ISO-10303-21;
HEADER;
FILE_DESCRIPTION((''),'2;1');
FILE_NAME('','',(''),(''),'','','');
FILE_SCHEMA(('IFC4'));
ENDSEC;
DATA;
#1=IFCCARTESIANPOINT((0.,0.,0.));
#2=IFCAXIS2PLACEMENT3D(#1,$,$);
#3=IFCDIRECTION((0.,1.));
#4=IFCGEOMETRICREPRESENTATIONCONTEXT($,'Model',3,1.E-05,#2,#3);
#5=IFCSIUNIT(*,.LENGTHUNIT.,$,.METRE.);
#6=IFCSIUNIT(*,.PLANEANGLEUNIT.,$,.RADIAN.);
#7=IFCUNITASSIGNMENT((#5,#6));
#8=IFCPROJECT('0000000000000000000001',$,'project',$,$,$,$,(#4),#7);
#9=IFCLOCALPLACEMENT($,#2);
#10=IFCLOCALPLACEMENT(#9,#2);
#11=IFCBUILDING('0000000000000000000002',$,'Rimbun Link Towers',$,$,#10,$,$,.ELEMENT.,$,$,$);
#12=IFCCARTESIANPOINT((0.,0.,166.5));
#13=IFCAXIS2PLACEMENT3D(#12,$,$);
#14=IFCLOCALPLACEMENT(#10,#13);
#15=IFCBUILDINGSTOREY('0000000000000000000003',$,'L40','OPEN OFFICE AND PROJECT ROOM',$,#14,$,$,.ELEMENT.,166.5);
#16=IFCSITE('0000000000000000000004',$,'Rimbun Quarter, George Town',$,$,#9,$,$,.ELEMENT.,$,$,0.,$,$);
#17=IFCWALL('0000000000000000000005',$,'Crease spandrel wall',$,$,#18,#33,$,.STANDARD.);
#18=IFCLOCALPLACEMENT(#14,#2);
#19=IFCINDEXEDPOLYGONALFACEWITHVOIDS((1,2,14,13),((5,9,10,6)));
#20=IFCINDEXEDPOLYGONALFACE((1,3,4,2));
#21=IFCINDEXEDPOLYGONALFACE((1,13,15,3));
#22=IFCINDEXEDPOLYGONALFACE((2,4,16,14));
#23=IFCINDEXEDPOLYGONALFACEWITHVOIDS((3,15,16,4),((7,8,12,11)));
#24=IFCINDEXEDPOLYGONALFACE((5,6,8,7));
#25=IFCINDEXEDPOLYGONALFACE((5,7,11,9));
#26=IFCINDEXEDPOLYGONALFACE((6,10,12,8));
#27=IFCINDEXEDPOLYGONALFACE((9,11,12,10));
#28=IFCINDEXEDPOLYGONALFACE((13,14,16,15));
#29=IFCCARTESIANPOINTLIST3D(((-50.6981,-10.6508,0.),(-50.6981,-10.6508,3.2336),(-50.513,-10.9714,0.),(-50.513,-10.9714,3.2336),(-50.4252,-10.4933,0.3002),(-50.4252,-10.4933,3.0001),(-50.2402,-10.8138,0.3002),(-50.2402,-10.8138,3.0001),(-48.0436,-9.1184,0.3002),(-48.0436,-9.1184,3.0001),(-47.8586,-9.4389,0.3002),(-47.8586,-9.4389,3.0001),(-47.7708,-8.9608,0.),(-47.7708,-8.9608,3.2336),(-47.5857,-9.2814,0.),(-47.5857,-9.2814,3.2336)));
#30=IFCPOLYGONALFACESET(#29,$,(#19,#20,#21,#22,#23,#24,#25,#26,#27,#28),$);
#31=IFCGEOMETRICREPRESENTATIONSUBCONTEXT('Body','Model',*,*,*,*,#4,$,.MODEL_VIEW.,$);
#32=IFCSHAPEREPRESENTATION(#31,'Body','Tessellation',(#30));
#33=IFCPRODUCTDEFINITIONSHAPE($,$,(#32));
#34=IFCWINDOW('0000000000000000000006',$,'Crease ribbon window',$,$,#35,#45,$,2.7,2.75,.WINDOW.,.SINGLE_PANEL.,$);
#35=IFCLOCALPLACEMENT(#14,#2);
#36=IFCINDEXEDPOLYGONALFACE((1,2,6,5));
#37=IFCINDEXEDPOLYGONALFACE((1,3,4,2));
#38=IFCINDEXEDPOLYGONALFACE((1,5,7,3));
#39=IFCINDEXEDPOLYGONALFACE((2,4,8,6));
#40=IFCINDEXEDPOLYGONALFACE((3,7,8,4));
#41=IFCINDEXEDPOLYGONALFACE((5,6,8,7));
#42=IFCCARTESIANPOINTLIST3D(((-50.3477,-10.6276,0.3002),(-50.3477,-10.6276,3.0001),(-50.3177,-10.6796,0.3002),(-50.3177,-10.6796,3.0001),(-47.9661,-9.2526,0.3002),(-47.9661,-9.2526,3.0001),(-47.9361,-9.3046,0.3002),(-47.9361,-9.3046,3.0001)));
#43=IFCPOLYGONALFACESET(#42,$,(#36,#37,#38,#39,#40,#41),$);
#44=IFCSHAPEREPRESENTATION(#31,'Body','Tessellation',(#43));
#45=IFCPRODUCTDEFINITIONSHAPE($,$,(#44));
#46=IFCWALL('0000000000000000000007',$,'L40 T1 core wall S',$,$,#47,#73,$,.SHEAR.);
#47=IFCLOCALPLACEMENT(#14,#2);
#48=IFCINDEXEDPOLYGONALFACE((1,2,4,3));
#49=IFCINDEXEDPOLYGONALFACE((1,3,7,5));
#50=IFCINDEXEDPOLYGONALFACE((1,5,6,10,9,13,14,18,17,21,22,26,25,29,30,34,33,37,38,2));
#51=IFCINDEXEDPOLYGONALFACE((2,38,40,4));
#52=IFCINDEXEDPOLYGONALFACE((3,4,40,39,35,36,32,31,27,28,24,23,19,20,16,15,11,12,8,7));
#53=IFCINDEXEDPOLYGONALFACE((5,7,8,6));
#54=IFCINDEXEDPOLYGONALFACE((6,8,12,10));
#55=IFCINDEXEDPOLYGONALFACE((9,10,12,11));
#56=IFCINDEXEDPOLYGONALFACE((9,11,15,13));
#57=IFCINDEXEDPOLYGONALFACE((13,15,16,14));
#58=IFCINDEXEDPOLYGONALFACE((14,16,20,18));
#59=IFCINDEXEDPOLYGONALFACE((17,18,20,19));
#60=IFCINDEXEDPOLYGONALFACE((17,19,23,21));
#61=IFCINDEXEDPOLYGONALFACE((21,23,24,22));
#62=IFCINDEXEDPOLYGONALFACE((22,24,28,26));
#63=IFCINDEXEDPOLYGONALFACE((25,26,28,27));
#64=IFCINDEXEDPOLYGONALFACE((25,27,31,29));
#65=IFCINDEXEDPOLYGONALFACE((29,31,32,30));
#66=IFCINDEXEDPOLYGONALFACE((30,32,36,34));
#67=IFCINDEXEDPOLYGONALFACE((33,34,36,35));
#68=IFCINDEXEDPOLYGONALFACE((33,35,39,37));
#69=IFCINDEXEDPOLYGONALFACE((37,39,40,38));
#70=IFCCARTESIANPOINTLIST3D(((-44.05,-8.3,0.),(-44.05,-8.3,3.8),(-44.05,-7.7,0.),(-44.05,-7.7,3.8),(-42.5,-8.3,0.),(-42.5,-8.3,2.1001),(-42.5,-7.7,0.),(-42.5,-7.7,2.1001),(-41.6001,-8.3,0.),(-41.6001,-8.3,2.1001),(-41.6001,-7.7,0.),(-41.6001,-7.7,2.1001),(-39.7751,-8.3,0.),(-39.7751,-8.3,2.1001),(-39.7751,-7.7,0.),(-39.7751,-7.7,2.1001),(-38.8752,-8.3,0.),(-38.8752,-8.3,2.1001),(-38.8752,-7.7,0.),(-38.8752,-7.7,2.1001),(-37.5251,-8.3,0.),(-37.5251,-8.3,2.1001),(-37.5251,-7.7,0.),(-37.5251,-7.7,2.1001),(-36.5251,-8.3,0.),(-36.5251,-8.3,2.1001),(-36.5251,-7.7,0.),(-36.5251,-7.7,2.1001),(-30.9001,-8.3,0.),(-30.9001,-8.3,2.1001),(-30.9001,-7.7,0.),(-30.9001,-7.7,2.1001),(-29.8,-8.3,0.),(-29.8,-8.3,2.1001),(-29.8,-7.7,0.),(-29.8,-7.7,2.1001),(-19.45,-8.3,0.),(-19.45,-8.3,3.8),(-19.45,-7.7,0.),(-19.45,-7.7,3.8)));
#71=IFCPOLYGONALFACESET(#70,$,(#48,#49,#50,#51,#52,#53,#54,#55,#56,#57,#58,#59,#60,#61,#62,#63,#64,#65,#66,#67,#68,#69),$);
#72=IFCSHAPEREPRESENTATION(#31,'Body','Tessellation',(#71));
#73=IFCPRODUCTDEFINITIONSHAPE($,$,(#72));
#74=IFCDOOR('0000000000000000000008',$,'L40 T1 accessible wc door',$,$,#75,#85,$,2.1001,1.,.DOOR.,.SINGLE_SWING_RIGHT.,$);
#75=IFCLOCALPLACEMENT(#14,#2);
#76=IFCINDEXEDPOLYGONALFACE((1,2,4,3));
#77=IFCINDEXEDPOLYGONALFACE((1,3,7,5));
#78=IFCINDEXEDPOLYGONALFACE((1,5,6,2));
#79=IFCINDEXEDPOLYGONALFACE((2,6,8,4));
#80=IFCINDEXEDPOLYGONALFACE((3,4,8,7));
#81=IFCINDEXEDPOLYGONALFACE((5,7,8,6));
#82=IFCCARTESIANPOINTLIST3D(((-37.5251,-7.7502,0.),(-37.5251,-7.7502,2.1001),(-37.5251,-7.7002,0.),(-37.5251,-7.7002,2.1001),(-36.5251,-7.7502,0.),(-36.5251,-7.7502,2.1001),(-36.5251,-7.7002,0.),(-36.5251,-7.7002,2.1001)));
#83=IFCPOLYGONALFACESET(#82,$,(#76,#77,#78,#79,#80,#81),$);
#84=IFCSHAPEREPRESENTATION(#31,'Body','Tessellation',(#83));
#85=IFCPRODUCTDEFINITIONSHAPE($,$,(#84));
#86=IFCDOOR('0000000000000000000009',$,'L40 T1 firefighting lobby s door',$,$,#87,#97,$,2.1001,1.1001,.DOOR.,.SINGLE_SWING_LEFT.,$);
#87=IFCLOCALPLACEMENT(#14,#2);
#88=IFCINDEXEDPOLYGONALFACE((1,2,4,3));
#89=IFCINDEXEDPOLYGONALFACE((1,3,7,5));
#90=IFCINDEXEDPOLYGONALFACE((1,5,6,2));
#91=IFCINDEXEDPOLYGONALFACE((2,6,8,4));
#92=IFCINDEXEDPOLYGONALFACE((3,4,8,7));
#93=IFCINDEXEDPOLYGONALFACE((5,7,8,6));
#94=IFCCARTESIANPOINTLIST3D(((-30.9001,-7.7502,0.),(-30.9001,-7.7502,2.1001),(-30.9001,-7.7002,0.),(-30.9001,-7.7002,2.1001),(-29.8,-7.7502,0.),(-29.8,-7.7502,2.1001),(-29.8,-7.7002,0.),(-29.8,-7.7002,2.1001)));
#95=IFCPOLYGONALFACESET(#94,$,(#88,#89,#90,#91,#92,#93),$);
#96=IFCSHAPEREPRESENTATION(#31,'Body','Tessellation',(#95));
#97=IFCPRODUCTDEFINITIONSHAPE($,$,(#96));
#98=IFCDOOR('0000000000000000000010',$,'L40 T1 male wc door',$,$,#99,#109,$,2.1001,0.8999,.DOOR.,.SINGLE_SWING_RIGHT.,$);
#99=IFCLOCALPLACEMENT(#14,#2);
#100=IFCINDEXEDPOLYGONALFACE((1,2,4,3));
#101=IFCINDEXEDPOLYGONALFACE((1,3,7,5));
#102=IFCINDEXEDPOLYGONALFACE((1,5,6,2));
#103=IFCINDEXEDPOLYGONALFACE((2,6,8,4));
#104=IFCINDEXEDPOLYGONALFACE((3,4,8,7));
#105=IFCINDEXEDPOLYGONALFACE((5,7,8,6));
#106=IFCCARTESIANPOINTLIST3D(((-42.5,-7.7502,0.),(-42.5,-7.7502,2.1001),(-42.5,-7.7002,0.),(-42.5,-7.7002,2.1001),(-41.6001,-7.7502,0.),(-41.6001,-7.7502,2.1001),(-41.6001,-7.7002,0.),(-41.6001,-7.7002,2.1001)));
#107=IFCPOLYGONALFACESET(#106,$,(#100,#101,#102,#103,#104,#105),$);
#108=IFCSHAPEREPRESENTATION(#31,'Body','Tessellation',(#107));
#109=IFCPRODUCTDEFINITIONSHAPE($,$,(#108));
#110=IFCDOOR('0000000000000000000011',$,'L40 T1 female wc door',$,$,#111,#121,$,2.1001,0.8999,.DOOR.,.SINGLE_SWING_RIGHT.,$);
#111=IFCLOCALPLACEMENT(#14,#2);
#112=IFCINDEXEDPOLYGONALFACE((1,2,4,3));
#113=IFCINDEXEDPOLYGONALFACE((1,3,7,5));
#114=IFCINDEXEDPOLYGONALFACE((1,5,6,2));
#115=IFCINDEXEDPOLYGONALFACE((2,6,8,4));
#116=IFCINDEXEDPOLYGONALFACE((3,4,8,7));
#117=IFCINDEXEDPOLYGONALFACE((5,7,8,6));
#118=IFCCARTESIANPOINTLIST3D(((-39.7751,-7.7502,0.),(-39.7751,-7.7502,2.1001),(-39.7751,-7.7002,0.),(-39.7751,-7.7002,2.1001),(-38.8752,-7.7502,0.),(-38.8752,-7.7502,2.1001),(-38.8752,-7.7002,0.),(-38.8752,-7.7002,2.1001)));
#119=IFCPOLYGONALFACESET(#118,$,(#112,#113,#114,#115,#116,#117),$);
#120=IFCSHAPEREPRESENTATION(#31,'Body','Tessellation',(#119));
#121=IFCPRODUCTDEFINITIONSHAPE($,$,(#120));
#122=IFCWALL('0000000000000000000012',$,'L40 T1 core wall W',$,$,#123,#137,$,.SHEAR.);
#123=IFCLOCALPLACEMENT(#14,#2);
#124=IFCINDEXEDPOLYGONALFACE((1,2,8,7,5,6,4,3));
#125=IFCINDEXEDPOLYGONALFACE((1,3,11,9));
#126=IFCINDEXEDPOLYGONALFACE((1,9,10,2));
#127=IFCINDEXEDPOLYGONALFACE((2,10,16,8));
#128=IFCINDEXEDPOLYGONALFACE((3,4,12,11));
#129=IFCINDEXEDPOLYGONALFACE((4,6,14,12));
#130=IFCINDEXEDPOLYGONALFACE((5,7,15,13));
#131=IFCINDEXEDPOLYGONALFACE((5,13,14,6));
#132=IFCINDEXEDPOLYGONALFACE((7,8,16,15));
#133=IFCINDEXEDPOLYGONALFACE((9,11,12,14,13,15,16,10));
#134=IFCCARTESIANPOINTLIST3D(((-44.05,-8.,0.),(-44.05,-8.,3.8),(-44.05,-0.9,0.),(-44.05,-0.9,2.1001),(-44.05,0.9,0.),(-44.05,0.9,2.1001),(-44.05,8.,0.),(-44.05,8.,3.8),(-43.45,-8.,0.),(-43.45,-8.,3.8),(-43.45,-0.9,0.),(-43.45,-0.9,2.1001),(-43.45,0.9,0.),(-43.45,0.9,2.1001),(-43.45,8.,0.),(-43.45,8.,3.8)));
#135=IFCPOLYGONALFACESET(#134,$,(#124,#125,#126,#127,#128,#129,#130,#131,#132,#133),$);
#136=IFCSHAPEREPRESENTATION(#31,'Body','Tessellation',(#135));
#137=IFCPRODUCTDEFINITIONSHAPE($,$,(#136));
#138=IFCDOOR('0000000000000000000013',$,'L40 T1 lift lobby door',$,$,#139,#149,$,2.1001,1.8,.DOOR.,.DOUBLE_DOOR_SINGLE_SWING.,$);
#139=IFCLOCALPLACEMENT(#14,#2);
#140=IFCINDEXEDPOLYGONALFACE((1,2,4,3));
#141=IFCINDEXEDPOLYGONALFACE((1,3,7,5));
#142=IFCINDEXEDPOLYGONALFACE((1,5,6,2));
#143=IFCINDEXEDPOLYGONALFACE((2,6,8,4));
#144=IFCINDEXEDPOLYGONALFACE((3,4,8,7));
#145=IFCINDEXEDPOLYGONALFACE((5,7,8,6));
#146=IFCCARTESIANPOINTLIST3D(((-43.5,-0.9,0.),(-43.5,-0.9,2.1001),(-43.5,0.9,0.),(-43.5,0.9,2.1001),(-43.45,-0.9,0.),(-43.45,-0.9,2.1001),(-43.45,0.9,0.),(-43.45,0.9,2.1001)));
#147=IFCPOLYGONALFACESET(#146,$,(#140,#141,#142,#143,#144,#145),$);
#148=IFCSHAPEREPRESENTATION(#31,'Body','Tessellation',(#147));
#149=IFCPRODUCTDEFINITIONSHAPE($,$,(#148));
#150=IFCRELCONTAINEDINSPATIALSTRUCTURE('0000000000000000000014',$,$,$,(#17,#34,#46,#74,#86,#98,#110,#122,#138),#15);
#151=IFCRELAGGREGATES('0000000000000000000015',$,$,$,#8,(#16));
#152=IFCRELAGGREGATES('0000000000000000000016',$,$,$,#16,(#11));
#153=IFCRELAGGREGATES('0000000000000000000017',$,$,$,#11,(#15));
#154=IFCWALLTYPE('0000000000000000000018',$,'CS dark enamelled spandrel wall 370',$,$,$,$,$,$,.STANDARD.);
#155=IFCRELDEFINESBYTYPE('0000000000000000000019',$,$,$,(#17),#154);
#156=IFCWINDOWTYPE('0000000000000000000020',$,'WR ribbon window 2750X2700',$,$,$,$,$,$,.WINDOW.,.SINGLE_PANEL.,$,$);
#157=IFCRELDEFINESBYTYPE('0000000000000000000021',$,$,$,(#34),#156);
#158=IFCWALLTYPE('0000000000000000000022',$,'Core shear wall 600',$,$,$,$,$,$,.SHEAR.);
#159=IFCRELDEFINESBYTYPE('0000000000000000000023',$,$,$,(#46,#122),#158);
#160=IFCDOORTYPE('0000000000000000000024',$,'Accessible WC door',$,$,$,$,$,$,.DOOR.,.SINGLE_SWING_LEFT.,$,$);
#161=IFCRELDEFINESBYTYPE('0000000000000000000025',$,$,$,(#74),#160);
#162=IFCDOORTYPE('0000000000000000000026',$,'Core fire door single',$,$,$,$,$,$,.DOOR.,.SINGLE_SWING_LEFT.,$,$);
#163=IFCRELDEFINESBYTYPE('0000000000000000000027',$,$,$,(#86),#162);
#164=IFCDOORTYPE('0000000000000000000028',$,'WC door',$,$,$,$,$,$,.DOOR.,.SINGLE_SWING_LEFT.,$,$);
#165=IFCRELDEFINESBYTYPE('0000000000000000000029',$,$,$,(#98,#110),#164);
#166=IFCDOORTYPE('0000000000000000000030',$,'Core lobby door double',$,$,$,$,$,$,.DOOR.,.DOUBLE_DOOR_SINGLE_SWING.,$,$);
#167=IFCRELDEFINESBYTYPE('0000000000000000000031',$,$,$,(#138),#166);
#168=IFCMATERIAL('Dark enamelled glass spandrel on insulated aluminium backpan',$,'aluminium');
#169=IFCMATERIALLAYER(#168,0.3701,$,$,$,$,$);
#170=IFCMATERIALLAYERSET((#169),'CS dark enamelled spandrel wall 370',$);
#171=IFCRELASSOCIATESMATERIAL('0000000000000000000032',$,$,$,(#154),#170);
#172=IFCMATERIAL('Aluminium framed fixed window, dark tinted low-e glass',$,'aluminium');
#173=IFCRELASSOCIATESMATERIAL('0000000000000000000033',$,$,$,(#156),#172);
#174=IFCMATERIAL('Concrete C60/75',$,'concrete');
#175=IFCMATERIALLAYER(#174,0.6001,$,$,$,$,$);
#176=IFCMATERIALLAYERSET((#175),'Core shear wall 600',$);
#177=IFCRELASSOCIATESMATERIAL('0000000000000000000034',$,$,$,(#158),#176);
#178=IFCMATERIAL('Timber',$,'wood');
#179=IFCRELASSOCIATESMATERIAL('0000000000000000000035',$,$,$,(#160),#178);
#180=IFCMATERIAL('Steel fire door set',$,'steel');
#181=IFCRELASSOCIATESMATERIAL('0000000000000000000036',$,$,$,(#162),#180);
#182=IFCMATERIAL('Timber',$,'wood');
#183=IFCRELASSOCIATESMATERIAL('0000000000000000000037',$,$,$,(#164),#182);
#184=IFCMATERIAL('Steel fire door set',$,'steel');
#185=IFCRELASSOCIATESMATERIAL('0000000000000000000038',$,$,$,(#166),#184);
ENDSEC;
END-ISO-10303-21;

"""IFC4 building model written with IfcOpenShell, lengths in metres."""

from ifc_helpers import new_model, si_unit, direction, frame, frame_2d, origin, place, context, subcontext, project, spatial, rectangle, extrude, material, layer, layer_set, type_object, element, fill, save


model = new_model("IFC4")

# Units and contexts
model_context = context("Model", 3, precision=1e-05, world=origin(), true_north=direction((0.0, 1.0)))
body_context = subcontext(model_context, "Body", "Model", "MODEL_VIEW")
ifc_project = project(units=[si_unit("LENGTHUNIT", "METRE"), si_unit("PLANEANGLEUNIT", "RADIAN")], contexts=[model_context])

# Site, building, storey
site_placement = place(None, origin())
site = spatial("IfcSite", under=ifc_project, at=site_placement, Name="Rimbun Quarter, George Town", CompositionType="ELEMENT", RefElevation=0.0)
building_placement = place(site_placement, origin())
building = spatial("IfcBuilding", under=site, at=building_placement, Name="Rimbun Link Towers", CompositionType="ELEMENT")
storey_placement = place(building_placement, frame((0.0, 0.0, 166.5)))
storey = spatial("IfcBuildingStorey", under=building, at=storey_placement, Name="L40", Description="OPEN OFFICE AND PROJECT ROOM", CompositionType="ELEMENT", Elevation=166.5)

# Wall, opening, window
ifc_material_1 = material(Name="Dark enamelled glass spandrel on insulated aluminium backpan", Category="aluminium")
ifc_layer_1 = layer(ifc_material_1, 0.3701)
ifc_layer_set_1 = layer_set([ifc_layer_1], Name="CS dark enamelled spandrel wall 370")
wall_type_1 = type_object("IfcWallType", Name="CS dark enamelled spandrel wall 370", PredefinedType="STANDARD", material=ifc_layer_set_1)
wall_1_placement = place(storey_placement, frame((-50.6055, -10.811, 0.0), z_axis=(0.0, 0.0, 1.0), x_axis=(0.866039, 0.499977, 0.0)))
wall_1 = element("IfcWall", 1, at=wall_1_placement, inside=storey, type_object=wall_type_1, Name="Crease spandrel wall", PredefinedType="STANDARD", context=body_context, shape_type="SweptSolid", body=[
    extrude(rectangle(XDim=3.3801, YDim=0.3701, at=frame_2d((1.6899, 0.0))), origin(), (0.0, 0.0, 1.0), 3.2336),
])
opening_1_placement = place(wall_1_placement, frame((0.3149, 0.0, 0.3)))
opening_1 = element("IfcOpeningElement", 2, at=opening_1_placement, cuts=wall_1, PredefinedType="OPENING", context=body_context, shape_type="SweptSolid", body=[
    extrude(rectangle(XDim=2.75, YDim=2.7, at=frame_2d((1.375, 1.3501))), frame((0.0, 0.1951, 0.0), z_axis=(0.0, -1.0, 0.0), x_axis=(1.0, 0.0, 0.0)), (0.0, 0.0, 1.0), 0.3901),
])
ifc_material_2 = material(Name="Aluminium framed fixed window, dark tinted low-e glass", Category="aluminium")
window_type_1 = type_object("IfcWindowType", Name="WR ribbon window 2750X2700", PartitioningType="SINGLE_PANEL", PredefinedType="WINDOW", material=ifc_material_2)
window_1_placement = place(opening_1_placement, origin())
window_1 = element("IfcWindow", 3, at=window_1_placement, inside=storey, type_object=window_type_1, Name="Crease ribbon window", OverallHeight=2.7, OverallWidth=2.75, PartitioningType="SINGLE_PANEL", PredefinedType="WINDOW", context=body_context, shape_type="SweptSolid", body=[
    extrude(rectangle(XDim=2.75, YDim=2.7, at=frame_2d((1.375, 1.3501))), frame((0.0, 0.03, 0.0), z_axis=(0.0, -1.0, 0.0), x_axis=(1.0, 0.0, 0.0)), (0.0, 0.0, 1.0), 0.0601),
])
fill(opening_1, window_1)

# Wall, openings, doors
ifc_material_3 = material(Name="Concrete C60/75", Category="concrete")
ifc_layer_2 = layer(ifc_material_3, 0.6001)
ifc_layer_set_2 = layer_set([ifc_layer_2], Name="Core shear wall 600")
wall_type_2 = type_object("IfcWallType", Name="Core shear wall 600", PredefinedType="SHEAR", material=ifc_layer_set_2)
wall_2_placement = place(storey_placement, frame((-44.05, -8.0, 0.0), z_axis=(0.0, 0.0, 1.0), x_axis=(1.0, 0.0, 0.0)))
wall_2 = element("IfcWall", 4, at=wall_2_placement, inside=storey, type_object=wall_type_2, Name="L40 T1 core wall S", PredefinedType="SHEAR", context=body_context, shape_type="SweptSolid", body=[
    extrude(rectangle(XDim=24.6001, YDim=0.6001, at=frame_2d((12.3, 0.0))), origin(), (0.0, 0.0, 1.0), 3.8),
])
opening_2_placement = place(wall_2_placement, frame((13.1499, 0.0, 0.0)))
opening_2 = element("IfcOpeningElement", 5, at=opening_2_placement, cuts=wall_2, PredefinedType="OPENING", context=body_context, shape_type="SweptSolid", body=[
    extrude(rectangle(XDim=1.1001, YDim=2.1001, at=frame_2d((0.55, 1.05))), frame((0.0, 0.3101, 0.0), z_axis=(0.0, -1.0, 0.0), x_axis=(1.0, 0.0, 0.0)), (0.0, 0.0, 1.0), 0.6201),
])
opening_3_placement = place(wall_2_placement, frame((1.55, 0.0, 0.0)))
opening_3 = element("IfcOpeningElement", 6, at=opening_3_placement, cuts=wall_2, PredefinedType="OPENING", context=body_context, shape_type="SweptSolid", body=[
    extrude(rectangle(XDim=0.8999, YDim=2.1001, at=frame_2d((0.45, 1.05))), frame((0.0, 0.3101, 0.0), z_axis=(0.0, -1.0, 0.0), x_axis=(1.0, 0.0, 0.0)), (0.0, 0.0, 1.0), 0.6201),
])
opening_4_placement = place(wall_2_placement, frame((4.2749, 0.0, 0.0)))
opening_4 = element("IfcOpeningElement", 7, at=opening_4_placement, cuts=wall_2, PredefinedType="OPENING", context=body_context, shape_type="SweptSolid", body=[
    extrude(rectangle(XDim=0.8999, YDim=2.1001, at=frame_2d((0.45, 1.05))), frame((0.0, 0.3101, 0.0), z_axis=(0.0, -1.0, 0.0), x_axis=(1.0, 0.0, 0.0)), (0.0, 0.0, 1.0), 0.6201),
])
opening_5_placement = place(wall_2_placement, frame((6.5249, 0.0, 0.0)))
opening_5 = element("IfcOpeningElement", 8, at=opening_5_placement, cuts=wall_2, PredefinedType="OPENING", context=body_context, shape_type="SweptSolid", body=[
    extrude(rectangle(XDim=1.0, YDim=2.1001, at=frame_2d((0.5, 1.05))), frame((0.0, 0.3101, 0.0), z_axis=(0.0, -1.0, 0.0), x_axis=(1.0, 0.0, 0.0)), (0.0, 0.0, 1.0), 0.6201),
])
ifc_material_4 = material(Name="Timber", Category="wood")
door_type_1 = type_object("IfcDoorType", Name="Accessible WC door", OperationType="SINGLE_SWING_LEFT", PredefinedType="DOOR", material=ifc_material_4)
door_1_placement = place(opening_5_placement, origin())
door_1 = element("IfcDoor", 9, at=door_1_placement, inside=storey, type_object=door_type_1, Name="L40 T1 accessible wc door", OperationType="SINGLE_SWING_RIGHT", OverallHeight=2.1001, OverallWidth=1.0, PredefinedType="DOOR", context=body_context, shape_type="SweptSolid", body=[
    extrude(rectangle(XDim=1.0, YDim=2.1001, at=frame_2d((0.5, 1.05))), frame((0.0, 0.2998, 0.0), z_axis=(0.0, -1.0, 0.0), x_axis=(1.0, 0.0, 0.0)), (0.0, 0.0, 1.0), 0.05),
])
fill(opening_5, door_1)
ifc_material_5 = material(Name="Steel fire door set", Category="steel")
door_type_2 = type_object("IfcDoorType", Name="Core fire door single", OperationType="SINGLE_SWING_LEFT", PredefinedType="DOOR", material=ifc_material_5)
door_2_placement = place(opening_2_placement, origin())
door_2 = element("IfcDoor", 10, at=door_2_placement, inside=storey, type_object=door_type_2, Name="L40 T1 firefighting lobby s door", OperationType="SINGLE_SWING_LEFT", OverallHeight=2.1001, OverallWidth=1.1001, PredefinedType="DOOR", context=body_context, shape_type="SweptSolid", body=[
    extrude(rectangle(XDim=1.1001, YDim=2.1001, at=frame_2d((0.55, 1.05))), frame((0.0, 0.2998, 0.0), z_axis=(0.0, -1.0, 0.0), x_axis=(1.0, 0.0, 0.0)), (0.0, 0.0, 1.0), 0.05),
])
fill(opening_2, door_2)
ifc_material_6 = material(Name="Timber", Category="wood")
door_type_3 = type_object("IfcDoorType", Name="WC door", OperationType="SINGLE_SWING_LEFT", PredefinedType="DOOR", material=ifc_material_6)
door_3_placement = place(opening_3_placement, origin())
door_3 = element("IfcDoor", 11, at=door_3_placement, inside=storey, type_object=door_type_3, Name="L40 T1 male wc door", OperationType="SINGLE_SWING_RIGHT", OverallHeight=2.1001, OverallWidth=0.8999, PredefinedType="DOOR", context=body_context, shape_type="SweptSolid", body=[
    extrude(rectangle(XDim=0.8999, YDim=2.1001, at=frame_2d((0.45, 1.05))), frame((0.0, 0.2998, 0.0), z_axis=(0.0, -1.0, 0.0), x_axis=(1.0, 0.0, 0.0)), (0.0, 0.0, 1.0), 0.05),
])
fill(opening_3, door_3)
door_4_placement = place(opening_4_placement, origin())
door_4 = element("IfcDoor", 12, at=door_4_placement, inside=storey, type_object=door_type_3, Name="L40 T1 female wc door", OperationType="SINGLE_SWING_RIGHT", OverallHeight=2.1001, OverallWidth=0.8999, PredefinedType="DOOR", context=body_context, shape_type="SweptSolid", body=[
    extrude(rectangle(XDim=0.8999, YDim=2.1001, at=frame_2d((0.45, 1.05))), frame((0.0, 0.2998, 0.0), z_axis=(0.0, -1.0, 0.0), x_axis=(1.0, 0.0, 0.0)), (0.0, 0.0, 1.0), 0.05),
])
fill(opening_4, door_4)

# Wall, opening, door
wall_3_placement = place(storey_placement, frame((-43.75, -8.0, 0.0), z_axis=(0.0, 0.0, 1.0), x_axis=(0.0, 1.0, 0.0)))
wall_3 = element("IfcWall", 13, at=wall_3_placement, inside=storey, type_object=wall_type_2, Name="L40 T1 core wall W", PredefinedType="SHEAR", context=body_context, shape_type="SweptSolid", body=[
    extrude(rectangle(XDim=16.0, YDim=0.6001, at=frame_2d((8.0, 0.0))), origin(), (0.0, 0.0, 1.0), 3.8),
])
opening_6_placement = place(wall_3_placement, frame((7.1001, 0.0, 0.0)))
opening_6 = element("IfcOpeningElement", 14, at=opening_6_placement, cuts=wall_3, PredefinedType="OPENING", context=body_context, shape_type="SweptSolid", body=[
    extrude(rectangle(XDim=1.8, YDim=2.1001, at=frame_2d((0.8999, 1.05))), frame((0.0, 0.3101, 0.0), z_axis=(0.0, -1.0, 0.0), x_axis=(1.0, 0.0, 0.0)), (0.0, 0.0, 1.0), 0.6201),
])
ifc_material_7 = material(Name="Steel fire door set", Category="steel")
door_type_4 = type_object("IfcDoorType", Name="Core lobby door double", OperationType="DOUBLE_DOOR_SINGLE_SWING", PredefinedType="DOOR", material=ifc_material_7)
door_5_placement = place(opening_6_placement, origin())
door_5 = element("IfcDoor", 15, at=door_5_placement, inside=storey, type_object=door_type_4, Name="L40 T1 lift lobby door", OperationType="DOUBLE_DOOR_SINGLE_SWING", OverallHeight=2.1001, OverallWidth=1.8, PredefinedType="DOOR", context=body_context, shape_type="SweptSolid", body=[
    extrude(rectangle(XDim=1.8, YDim=2.1001, at=frame_2d((0.8999, 1.05))), frame((0.0, -0.25, 0.0), z_axis=(0.0, -1.0, 0.0), x_axis=(1.0, 0.0, 0.0)), (0.0, 0.0, 1.0), 0.05),
])
fill(opening_6, door_5)

save(model, "model.ifc")
